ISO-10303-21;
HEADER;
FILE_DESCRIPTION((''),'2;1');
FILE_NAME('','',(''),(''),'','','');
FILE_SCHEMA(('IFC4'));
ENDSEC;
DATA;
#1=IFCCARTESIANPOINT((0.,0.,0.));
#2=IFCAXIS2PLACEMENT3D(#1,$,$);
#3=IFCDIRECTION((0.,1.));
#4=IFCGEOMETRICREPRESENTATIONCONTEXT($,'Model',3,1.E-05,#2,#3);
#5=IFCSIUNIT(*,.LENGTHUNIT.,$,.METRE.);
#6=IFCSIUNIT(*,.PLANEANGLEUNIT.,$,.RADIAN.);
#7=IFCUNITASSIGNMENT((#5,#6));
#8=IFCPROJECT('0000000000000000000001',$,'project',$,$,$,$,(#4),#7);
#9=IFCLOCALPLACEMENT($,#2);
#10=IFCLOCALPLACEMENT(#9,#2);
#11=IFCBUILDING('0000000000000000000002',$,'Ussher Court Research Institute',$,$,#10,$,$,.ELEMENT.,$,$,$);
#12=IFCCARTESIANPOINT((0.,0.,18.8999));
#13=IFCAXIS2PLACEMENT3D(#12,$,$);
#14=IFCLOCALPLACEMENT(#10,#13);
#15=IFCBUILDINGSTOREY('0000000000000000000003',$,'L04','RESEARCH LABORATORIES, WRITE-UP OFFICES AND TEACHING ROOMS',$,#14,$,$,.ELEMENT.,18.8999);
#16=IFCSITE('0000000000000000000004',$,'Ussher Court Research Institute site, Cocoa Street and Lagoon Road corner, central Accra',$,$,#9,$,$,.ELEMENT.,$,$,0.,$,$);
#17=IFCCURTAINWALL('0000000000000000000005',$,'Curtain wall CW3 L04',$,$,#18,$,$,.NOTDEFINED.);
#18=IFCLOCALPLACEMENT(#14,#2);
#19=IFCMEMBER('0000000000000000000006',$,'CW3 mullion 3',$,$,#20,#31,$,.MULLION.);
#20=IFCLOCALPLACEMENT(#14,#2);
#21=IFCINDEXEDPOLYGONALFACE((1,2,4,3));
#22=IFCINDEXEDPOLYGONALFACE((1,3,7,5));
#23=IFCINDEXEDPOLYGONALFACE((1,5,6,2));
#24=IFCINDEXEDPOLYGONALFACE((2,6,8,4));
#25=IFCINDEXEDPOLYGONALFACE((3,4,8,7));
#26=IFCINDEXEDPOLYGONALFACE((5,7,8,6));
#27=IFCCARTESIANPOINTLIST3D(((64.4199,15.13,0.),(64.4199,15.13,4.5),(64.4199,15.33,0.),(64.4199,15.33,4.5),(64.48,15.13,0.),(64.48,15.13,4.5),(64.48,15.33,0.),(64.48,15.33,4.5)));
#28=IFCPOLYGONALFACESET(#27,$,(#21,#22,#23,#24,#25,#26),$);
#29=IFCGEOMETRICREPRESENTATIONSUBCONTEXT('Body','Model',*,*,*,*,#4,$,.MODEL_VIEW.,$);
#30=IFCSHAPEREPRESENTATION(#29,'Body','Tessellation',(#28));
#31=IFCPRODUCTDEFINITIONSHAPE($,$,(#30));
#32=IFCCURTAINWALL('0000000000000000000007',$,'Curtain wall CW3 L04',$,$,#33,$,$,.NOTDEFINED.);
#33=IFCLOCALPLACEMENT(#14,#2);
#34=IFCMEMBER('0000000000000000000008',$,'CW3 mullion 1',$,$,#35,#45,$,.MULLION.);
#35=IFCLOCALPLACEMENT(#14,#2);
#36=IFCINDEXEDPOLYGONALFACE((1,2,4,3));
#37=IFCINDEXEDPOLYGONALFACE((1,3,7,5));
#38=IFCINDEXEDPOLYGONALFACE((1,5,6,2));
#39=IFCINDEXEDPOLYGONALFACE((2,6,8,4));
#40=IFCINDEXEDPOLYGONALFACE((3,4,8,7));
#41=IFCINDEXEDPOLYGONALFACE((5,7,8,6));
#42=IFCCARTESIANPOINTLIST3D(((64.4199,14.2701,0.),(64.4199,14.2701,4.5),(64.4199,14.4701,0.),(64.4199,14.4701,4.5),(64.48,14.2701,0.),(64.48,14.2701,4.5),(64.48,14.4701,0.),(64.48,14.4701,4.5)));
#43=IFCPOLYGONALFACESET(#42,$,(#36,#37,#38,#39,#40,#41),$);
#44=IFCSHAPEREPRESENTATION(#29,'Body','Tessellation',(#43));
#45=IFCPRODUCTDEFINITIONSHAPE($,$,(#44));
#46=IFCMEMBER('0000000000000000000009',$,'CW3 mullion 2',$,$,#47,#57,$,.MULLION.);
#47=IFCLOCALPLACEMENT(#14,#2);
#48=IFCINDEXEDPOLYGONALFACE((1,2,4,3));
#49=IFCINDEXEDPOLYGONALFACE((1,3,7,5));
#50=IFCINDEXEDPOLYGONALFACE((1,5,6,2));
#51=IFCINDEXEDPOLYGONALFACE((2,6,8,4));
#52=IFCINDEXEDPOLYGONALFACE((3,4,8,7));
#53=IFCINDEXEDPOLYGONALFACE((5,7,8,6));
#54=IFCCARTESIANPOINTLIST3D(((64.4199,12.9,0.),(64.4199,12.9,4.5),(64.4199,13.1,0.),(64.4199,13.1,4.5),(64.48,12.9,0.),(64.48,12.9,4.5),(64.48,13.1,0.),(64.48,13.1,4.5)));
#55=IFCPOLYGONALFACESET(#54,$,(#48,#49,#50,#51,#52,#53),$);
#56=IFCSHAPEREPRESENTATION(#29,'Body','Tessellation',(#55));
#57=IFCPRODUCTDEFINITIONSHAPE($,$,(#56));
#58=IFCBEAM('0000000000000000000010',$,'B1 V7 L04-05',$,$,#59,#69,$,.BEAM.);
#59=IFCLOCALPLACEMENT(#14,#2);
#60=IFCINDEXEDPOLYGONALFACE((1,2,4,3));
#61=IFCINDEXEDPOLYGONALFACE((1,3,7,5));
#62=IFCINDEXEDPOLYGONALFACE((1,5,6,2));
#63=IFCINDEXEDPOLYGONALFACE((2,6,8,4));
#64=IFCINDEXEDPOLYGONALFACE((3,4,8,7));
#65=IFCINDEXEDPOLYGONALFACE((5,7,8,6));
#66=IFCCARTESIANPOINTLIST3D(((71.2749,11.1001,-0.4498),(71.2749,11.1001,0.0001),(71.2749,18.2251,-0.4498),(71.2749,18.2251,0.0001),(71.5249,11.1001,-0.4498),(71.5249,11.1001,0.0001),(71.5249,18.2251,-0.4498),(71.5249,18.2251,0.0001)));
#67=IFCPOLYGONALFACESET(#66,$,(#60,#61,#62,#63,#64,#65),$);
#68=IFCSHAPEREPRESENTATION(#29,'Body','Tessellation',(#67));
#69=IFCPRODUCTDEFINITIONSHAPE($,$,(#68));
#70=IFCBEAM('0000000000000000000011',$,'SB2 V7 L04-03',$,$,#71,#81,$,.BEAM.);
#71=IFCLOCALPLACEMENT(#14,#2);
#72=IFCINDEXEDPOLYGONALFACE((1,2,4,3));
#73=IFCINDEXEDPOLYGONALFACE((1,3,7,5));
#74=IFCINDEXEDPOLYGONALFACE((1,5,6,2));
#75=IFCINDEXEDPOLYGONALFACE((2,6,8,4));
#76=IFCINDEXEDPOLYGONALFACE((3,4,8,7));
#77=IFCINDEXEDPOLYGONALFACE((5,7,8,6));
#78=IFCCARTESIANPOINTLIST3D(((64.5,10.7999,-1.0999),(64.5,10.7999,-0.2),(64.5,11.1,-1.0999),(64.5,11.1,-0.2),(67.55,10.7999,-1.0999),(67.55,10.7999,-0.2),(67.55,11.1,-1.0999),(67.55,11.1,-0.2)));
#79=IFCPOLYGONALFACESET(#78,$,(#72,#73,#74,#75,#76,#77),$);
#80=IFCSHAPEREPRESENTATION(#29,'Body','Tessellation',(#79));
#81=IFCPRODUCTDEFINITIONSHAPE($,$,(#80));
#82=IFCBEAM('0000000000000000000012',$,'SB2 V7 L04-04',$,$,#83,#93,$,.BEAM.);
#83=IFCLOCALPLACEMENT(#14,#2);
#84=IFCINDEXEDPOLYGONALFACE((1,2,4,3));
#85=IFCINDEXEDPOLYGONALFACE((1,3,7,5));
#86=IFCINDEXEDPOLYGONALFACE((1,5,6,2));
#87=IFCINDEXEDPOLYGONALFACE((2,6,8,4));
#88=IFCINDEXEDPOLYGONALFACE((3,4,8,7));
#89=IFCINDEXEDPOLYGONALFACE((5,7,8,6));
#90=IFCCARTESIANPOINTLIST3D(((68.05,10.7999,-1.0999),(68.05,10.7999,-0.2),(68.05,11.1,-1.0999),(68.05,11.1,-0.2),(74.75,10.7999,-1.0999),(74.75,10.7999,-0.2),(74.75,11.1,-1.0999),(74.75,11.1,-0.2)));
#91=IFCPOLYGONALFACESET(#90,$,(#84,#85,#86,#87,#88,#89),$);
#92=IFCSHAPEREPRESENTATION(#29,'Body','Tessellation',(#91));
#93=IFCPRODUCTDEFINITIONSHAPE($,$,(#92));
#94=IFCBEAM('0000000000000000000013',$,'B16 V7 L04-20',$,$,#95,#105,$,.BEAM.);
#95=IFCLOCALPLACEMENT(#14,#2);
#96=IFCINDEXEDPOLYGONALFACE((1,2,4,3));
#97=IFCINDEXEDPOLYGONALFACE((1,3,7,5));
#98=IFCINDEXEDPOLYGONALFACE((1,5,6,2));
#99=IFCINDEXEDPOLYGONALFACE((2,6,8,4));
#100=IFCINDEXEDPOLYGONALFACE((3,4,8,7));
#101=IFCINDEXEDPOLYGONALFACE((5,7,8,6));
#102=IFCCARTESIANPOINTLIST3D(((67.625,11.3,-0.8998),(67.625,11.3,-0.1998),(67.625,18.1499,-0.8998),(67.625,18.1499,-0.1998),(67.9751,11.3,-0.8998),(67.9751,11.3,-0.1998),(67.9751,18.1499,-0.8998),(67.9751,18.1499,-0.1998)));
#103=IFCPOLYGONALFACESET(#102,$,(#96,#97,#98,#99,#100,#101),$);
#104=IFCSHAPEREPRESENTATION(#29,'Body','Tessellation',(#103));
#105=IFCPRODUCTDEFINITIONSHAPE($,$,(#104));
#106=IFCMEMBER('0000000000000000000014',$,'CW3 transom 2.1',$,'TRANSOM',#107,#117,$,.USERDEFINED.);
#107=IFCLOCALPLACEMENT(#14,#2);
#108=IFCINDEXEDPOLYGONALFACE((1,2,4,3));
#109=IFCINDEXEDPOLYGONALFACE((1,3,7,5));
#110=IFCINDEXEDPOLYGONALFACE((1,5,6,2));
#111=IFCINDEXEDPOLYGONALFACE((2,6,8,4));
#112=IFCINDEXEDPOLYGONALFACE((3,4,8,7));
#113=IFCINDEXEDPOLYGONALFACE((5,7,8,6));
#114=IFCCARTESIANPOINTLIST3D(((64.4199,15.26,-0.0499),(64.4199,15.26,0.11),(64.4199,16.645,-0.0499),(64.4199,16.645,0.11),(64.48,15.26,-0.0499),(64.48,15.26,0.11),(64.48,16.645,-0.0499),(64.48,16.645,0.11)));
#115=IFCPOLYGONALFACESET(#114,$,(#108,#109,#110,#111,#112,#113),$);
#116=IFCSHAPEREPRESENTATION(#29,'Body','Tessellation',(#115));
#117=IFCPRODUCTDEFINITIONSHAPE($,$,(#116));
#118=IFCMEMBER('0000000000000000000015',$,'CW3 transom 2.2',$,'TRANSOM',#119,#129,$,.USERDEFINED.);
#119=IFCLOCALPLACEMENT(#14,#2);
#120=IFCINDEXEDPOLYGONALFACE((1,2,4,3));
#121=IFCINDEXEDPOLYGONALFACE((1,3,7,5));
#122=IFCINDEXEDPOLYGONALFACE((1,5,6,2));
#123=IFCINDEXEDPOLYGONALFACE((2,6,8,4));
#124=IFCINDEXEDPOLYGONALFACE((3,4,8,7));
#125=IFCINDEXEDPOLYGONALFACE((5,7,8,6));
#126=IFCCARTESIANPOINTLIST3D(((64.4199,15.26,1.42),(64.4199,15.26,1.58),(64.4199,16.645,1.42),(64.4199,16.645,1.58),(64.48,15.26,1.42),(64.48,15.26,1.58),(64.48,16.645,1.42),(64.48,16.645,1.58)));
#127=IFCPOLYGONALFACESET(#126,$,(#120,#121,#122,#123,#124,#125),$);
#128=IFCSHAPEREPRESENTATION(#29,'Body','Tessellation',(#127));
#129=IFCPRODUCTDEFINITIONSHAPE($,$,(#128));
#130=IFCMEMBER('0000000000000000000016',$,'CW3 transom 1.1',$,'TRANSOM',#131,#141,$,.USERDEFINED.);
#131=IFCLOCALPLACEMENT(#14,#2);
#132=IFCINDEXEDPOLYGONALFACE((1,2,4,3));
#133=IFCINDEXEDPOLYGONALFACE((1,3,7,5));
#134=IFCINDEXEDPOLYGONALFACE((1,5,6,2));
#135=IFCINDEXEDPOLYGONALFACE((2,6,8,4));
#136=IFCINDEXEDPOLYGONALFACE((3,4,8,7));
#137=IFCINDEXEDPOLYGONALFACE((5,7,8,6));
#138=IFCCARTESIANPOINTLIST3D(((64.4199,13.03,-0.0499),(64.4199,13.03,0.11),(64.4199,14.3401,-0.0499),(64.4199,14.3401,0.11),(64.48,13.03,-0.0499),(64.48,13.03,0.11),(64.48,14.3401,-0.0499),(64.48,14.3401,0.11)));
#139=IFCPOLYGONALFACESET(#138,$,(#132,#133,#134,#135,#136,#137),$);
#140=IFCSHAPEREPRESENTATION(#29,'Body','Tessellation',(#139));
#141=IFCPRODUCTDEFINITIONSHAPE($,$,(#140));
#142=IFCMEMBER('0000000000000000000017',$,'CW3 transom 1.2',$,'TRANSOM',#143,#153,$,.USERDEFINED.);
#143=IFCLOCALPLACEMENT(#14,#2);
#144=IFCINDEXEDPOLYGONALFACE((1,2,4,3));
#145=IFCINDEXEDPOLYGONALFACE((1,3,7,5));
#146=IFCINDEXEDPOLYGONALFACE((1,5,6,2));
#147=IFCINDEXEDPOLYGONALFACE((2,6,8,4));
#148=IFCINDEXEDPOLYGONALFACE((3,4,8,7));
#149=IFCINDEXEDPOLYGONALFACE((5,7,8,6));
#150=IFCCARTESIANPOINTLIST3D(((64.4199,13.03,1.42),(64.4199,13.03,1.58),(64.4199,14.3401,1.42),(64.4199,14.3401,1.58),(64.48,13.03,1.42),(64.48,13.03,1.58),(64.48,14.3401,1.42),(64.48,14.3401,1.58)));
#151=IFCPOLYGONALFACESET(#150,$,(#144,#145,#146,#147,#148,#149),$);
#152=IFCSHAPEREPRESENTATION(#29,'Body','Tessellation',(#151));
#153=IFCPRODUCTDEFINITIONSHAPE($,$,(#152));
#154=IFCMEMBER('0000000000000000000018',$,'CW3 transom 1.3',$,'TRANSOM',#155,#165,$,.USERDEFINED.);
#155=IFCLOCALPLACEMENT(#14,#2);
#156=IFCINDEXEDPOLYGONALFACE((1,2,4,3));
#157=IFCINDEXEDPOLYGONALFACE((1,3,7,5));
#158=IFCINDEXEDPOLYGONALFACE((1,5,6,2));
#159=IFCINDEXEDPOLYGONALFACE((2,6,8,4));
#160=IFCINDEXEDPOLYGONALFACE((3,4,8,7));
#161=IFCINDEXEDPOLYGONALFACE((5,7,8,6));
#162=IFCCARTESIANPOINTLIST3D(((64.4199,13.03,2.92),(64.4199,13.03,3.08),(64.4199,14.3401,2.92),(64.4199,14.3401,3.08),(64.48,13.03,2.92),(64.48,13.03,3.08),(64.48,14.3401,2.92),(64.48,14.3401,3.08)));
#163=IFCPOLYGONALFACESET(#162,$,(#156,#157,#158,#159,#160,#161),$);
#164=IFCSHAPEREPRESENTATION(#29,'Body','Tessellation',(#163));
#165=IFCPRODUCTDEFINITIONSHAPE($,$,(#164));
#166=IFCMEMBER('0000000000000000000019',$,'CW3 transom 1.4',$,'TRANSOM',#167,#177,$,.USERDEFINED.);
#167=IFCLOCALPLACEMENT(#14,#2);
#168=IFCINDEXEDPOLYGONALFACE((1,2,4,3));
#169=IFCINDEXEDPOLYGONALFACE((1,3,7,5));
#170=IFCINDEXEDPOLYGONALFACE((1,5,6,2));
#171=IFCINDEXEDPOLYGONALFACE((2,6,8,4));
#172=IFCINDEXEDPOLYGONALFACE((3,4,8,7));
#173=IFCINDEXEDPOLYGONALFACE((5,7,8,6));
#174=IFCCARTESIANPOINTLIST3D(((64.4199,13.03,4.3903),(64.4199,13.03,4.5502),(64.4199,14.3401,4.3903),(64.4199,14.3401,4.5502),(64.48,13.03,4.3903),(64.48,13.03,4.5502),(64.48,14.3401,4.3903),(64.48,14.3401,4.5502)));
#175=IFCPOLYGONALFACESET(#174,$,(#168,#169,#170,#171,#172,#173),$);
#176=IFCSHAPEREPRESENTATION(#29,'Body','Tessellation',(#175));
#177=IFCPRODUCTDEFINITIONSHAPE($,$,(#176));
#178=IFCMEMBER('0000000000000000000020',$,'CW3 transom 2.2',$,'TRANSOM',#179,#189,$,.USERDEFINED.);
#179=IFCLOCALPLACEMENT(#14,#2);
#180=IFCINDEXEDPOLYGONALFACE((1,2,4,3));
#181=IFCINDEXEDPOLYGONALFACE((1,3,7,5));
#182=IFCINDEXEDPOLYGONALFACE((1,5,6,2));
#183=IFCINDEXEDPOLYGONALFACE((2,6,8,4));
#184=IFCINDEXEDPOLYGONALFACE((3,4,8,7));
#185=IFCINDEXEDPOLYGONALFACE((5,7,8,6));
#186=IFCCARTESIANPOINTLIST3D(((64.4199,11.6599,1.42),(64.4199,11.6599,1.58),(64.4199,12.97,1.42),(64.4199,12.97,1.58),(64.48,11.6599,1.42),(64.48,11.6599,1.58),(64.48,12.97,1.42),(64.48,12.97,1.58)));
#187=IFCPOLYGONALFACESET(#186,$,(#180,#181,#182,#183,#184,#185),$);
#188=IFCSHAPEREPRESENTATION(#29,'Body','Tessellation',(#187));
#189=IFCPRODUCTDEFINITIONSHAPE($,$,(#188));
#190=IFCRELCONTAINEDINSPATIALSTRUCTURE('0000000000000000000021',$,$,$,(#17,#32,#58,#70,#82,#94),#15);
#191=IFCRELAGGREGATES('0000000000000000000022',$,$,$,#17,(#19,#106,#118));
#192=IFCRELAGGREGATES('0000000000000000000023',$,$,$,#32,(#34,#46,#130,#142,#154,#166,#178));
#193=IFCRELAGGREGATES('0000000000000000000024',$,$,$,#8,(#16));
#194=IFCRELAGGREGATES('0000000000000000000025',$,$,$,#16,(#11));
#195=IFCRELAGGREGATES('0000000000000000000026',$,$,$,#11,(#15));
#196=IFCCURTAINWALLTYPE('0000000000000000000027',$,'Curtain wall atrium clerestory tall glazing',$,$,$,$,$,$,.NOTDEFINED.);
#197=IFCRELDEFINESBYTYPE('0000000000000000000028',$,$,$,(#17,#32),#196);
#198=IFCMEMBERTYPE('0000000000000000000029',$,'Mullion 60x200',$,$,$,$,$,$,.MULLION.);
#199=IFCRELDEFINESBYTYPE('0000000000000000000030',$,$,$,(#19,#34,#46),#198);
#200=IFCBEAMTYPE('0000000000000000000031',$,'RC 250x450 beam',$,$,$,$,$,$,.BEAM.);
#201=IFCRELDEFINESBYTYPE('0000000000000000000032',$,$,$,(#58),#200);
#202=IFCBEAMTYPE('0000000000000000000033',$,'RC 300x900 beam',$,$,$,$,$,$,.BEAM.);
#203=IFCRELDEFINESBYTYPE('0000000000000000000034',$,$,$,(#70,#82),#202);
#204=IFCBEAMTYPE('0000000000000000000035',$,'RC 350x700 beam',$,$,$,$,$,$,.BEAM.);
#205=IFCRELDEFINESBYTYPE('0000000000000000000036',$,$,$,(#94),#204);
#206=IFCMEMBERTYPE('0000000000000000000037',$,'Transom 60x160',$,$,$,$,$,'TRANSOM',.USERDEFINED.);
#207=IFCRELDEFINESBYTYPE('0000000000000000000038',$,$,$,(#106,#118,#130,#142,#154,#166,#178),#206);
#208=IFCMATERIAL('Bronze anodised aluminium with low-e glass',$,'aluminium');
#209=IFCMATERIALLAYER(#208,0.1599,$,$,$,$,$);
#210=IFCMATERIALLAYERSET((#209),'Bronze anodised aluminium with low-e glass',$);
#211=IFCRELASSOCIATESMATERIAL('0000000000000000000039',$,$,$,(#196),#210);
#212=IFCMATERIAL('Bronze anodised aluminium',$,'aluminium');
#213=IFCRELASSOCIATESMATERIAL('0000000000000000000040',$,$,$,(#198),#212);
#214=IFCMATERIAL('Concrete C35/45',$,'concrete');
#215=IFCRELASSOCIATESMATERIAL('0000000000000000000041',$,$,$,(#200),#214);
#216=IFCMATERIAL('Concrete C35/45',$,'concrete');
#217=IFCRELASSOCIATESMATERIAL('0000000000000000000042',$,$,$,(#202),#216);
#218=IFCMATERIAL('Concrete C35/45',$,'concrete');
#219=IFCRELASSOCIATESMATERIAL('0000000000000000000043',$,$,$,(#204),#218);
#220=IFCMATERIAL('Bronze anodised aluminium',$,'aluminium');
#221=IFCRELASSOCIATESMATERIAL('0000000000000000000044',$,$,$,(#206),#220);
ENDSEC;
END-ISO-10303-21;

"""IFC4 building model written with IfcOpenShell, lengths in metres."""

from ifc_helpers import new_model, si_unit, direction, frame, origin, origin_2d, place, context, subcontext, project, spatial, rectangle, extrude, material, layer, layer_set, material_profile, profile_set, type_object, element, aggregate, save


model = new_model("IFC4")

# Units and contexts
model_context = context("Model", 3, precision=1e-05, world=origin(), true_north=direction((0.0, 1.0)))
body_context = subcontext(model_context, "Body", "Model", "MODEL_VIEW")
ifc_project = project(units=[si_unit("LENGTHUNIT", "METRE"), si_unit("PLANEANGLEUNIT", "RADIAN")], contexts=[model_context])

# Site, building, storey
site_placement = place(None, origin())
site = spatial("IfcSite", under=ifc_project, at=site_placement, Name="Ussher Court Research Institute site, Cocoa Street and Lagoon Road corner, central Accra", CompositionType="ELEMENT", RefElevation=0.0)
building_placement = place(site_placement, origin())
building = spatial("IfcBuilding", under=site, at=building_placement, Name="Ussher Court Research Institute", CompositionType="ELEMENT")
storey_placement = place(building_placement, frame((0.0, 0.0, 18.8999)))
storey = spatial("IfcBuildingStorey", under=building, at=storey_placement, Name="L04", Description="RESEARCH LABORATORIES, WRITE-UP OFFICES AND TEACHING ROOMS", CompositionType="ELEMENT", Elevation=18.8999)

# Curtain wall, member
ifc_material_1 = material(Name="Bronze anodised aluminium with low-e glass", Category="aluminium")
ifc_layer_1 = layer(ifc_material_1, 0.1599)
ifc_layer_set_1 = layer_set([ifc_layer_1], Name="Bronze anodised aluminium with low-e glass")
curtain_wall_type = type_object("IfcCurtainWallType", Name="Curtain wall atrium clerestory tall glazing", PredefinedType="NOTDEFINED", material=ifc_layer_set_1)
curtain_wall_1_placement = place(storey_placement, origin())
curtain_wall_1 = element("IfcCurtainWall", 1, at=curtain_wall_1_placement, inside=storey, type_object=curtain_wall_type, Name="Curtain wall CW3 L04", PredefinedType="NOTDEFINED")
ifc_material_2 = material(Name="Bronze anodised aluminium", Category="aluminium")
ifc_material_profile_1 = material_profile(ifc_material_2, rectangle(XDim=0.0601, YDim=0.2, at=origin_2d()), Name="Mullion 60x200")
ifc_profile_set_1 = profile_set([ifc_material_profile_1], Name="Bronze anodised aluminium")
member_type_1 = type_object("IfcMemberType", Name="Mullion 60x200", PredefinedType="MULLION", material=ifc_profile_set_1)
member_1_placement = place(storey_placement, frame((64.45, 15.23, 0.0), z_axis=(0.0, 0.0, 1.0), x_axis=(1.0, 0.0, 0.0)))
member_1 = element("IfcMember", 2, at=member_1_placement, type_object=member_type_1, Name="CW3 mullion 3", PredefinedType="MULLION", context=body_context, shape_type="SweptSolid", body=[
    extrude(rectangle(XDim=0.0601, YDim=0.2, at=origin_2d()), origin(), (0.0, 0.0, 1.0), 4.5),
])

# Curtain wall, members
curtain_wall_2_placement = place(storey_placement, origin())
curtain_wall_2 = element("IfcCurtainWall", 3, at=curtain_wall_2_placement, inside=storey, type_object=curtain_wall_type, Name="Curtain wall CW3 L04", PredefinedType="NOTDEFINED")
member_2_placement = place(storey_placement, frame((64.45, 14.3701, 0.0), z_axis=(0.0, 0.0, 1.0), x_axis=(1.0, 0.0, 0.0)))
member_2 = element("IfcMember", 4, at=member_2_placement, type_object=member_type_1, Name="CW3 mullion 1", PredefinedType="MULLION", context=body_context, shape_type="SweptSolid", body=[
    extrude(rectangle(XDim=0.0601, YDim=0.2, at=origin_2d()), origin(), (0.0, 0.0, 1.0), 4.5),
])
member_3_placement = place(storey_placement, frame((64.45, 13.0, 0.0), z_axis=(0.0, 0.0, 1.0), x_axis=(1.0, 0.0, 0.0)))
member_3 = element("IfcMember", 5, at=member_3_placement, type_object=member_type_1, Name="CW3 mullion 2", PredefinedType="MULLION", context=body_context, shape_type="SweptSolid", body=[
    extrude(rectangle(XDim=0.0601, YDim=0.2, at=origin_2d()), origin(), (0.0, 0.0, 1.0), 4.5),
])

# Beams
ifc_material_3 = material(Name="Concrete C35/45", Category="concrete")
ifc_material_profile_2 = material_profile(ifc_material_3, rectangle(XDim=0.25, YDim=0.45, at=origin_2d()), Name="RC 250x450")
ifc_profile_set_2 = profile_set([ifc_material_profile_2], Name="Concrete C35/45")
beam_type_1 = type_object("IfcBeamType", Name="RC 250x450 beam", PredefinedType="BEAM", material=ifc_profile_set_2)
beam_1_placement = place(storey_placement, frame((71.3999, 11.1001, -0.2249), z_axis=(0.0, 1.0, 0.0), x_axis=(-1.0, 0.0, 0.0)))
element("IfcBeam", 6, at=beam_1_placement, inside=storey, type_object=beam_type_1, Name="B1 V7 L04-05", PredefinedType="BEAM", context=body_context, shape_type="SweptSolid", body=[
    extrude(rectangle(XDim=0.25, YDim=0.45, at=origin_2d()), origin(), (0.0, 0.0, 1.0), 7.125),
])
ifc_material_4 = material(Name="Concrete C35/45", Category="concrete")
ifc_material_profile_3 = material_profile(ifc_material_4, rectangle(XDim=0.3, YDim=0.8999, at=origin_2d()), Name="RC 300x900")
ifc_profile_set_3 = profile_set([ifc_material_profile_3], Name="Concrete C35/45")
beam_type_2 = type_object("IfcBeamType", Name="RC 300x900 beam", PredefinedType="BEAM", material=ifc_profile_set_3)
beam_2_placement = place(storey_placement, frame((64.5, 10.95, -0.6499), z_axis=(1.0, 0.0, 0.0), x_axis=(0.0, 1.0, 0.0)))
element("IfcBeam", 7, at=beam_2_placement, inside=storey, type_object=beam_type_2, Name="SB2 V7 L04-03", PredefinedType="BEAM", context=body_context, shape_type="SweptSolid", body=[
    extrude(rectangle(XDim=0.3, YDim=0.8999, at=origin_2d()), origin(), (0.0, 0.0, 1.0), 3.05),
])
beam_3_placement = place(storey_placement, frame((68.05, 10.95, -0.6499), z_axis=(1.0, 0.0, 0.0), x_axis=(0.0, 1.0, 0.0)))
element("IfcBeam", 8, at=beam_3_placement, inside=storey, type_object=beam_type_2, Name="SB2 V7 L04-04", PredefinedType="BEAM", context=body_context, shape_type="SweptSolid", body=[
    extrude(rectangle(XDim=0.3, YDim=0.8999, at=origin_2d()), origin(), (0.0, 0.0, 1.0), 6.7),
])
ifc_material_5 = material(Name="Concrete C35/45", Category="concrete")
ifc_material_profile_4 = material_profile(ifc_material_5, rectangle(XDim=0.3501, YDim=0.7, at=origin_2d()), Name="RC 350x700")
ifc_profile_set_4 = profile_set([ifc_material_profile_4], Name="Concrete C35/45")
beam_type_3 = type_object("IfcBeamType", Name="RC 350x700 beam", PredefinedType="BEAM", material=ifc_profile_set_4)
beam_4_placement = place(storey_placement, frame((67.8, 11.3, -0.5498), z_axis=(0.0, 1.0, 0.0), x_axis=(-1.0, 0.0, 0.0)))
element("IfcBeam", 9, at=beam_4_placement, inside=storey, type_object=beam_type_3, Name="B16 V7 L04-20", PredefinedType="BEAM", context=body_context, shape_type="SweptSolid", body=[
    extrude(rectangle(XDim=0.3501, YDim=0.7, at=origin_2d()), origin(), (0.0, 0.0, 1.0), 6.8499),
])

# Members
ifc_material_6 = material(Name="Bronze anodised aluminium", Category="aluminium")
ifc_material_profile_5 = material_profile(ifc_material_6, rectangle(XDim=0.0601, YDim=0.1599, at=origin_2d()), Name="Transom 60x160")
ifc_profile_set_5 = profile_set([ifc_material_profile_5], Name="Bronze anodised aluminium")
member_type_2 = type_object("IfcMemberType", Name="Transom 60x160", ElementType="TRANSOM", PredefinedType="USERDEFINED", material=ifc_profile_set_5)
member_4_placement = place(storey_placement, frame((64.45, 16.645, 0.03), z_axis=(0.0, -1.0, 0.0), x_axis=(1.0, 0.0, 0.0)))
member_4 = element("IfcMember", 10, at=member_4_placement, type_object=member_type_2, Name="CW3 transom 2.1", ObjectType="TRANSOM", PredefinedType="USERDEFINED", context=body_context, shape_type="SweptSolid", body=[
    extrude(rectangle(XDim=0.0601, YDim=0.1599, at=origin_2d()), origin(), (0.0, 0.0, 1.0), 1.385),
])
member_5_placement = place(storey_placement, frame((64.45, 16.645, 1.5), z_axis=(0.0, -1.0, 0.0), x_axis=(1.0, 0.0, 0.0)))
member_5 = element("IfcMember", 11, at=member_5_placement, type_object=member_type_2, Name="CW3 transom 2.2", ObjectType="TRANSOM", PredefinedType="USERDEFINED", context=body_context, shape_type="SweptSolid", body=[
    extrude(rectangle(XDim=0.0601, YDim=0.1599, at=origin_2d()), origin(), (0.0, 0.0, 1.0), 1.385),
])
member_6_placement = place(storey_placement, frame((64.45, 14.3401, 0.03), z_axis=(0.0, -1.0, 0.0), x_axis=(1.0, 0.0, 0.0)))
member_6 = element("IfcMember", 12, at=member_6_placement, type_object=member_type_2, Name="CW3 transom 1.1", ObjectType="TRANSOM", PredefinedType="USERDEFINED", context=body_context, shape_type="SweptSolid", body=[
    extrude(rectangle(XDim=0.0601, YDim=0.1599, at=origin_2d()), origin(), (0.0, 0.0, 1.0), 1.3101),
])
member_7_placement = place(storey_placement, frame((64.45, 14.3401, 1.5), z_axis=(0.0, -1.0, 0.0), x_axis=(1.0, 0.0, 0.0)))
member_7 = element("IfcMember", 13, at=member_7_placement, type_object=member_type_2, Name="CW3 transom 1.2", ObjectType="TRANSOM", PredefinedType="USERDEFINED", context=body_context, shape_type="SweptSolid", body=[
    extrude(rectangle(XDim=0.0601, YDim=0.1599, at=origin_2d()), origin(), (0.0, 0.0, 1.0), 1.3101),
])
member_8_placement = place(storey_placement, frame((64.45, 14.3401, 3.0), z_axis=(0.0, -1.0, 0.0), x_axis=(1.0, 0.0, 0.0)))
member_8 = element("IfcMember", 14, at=member_8_placement, type_object=member_type_2, Name="CW3 transom 1.3", ObjectType="TRANSOM", PredefinedType="USERDEFINED", context=body_context, shape_type="SweptSolid", body=[
    extrude(rectangle(XDim=0.0601, YDim=0.1599, at=origin_2d()), origin(), (0.0, 0.0, 1.0), 1.3101),
])
member_9_placement = place(storey_placement, frame((64.45, 14.3401, 4.4702), z_axis=(0.0, -1.0, 0.0), x_axis=(1.0, 0.0, 0.0)))
member_9 = element("IfcMember", 15, at=member_9_placement, type_object=member_type_2, Name="CW3 transom 1.4", ObjectType="TRANSOM", PredefinedType="USERDEFINED", context=body_context, shape_type="SweptSolid", body=[
    extrude(rectangle(XDim=0.0601, YDim=0.1599, at=origin_2d()), origin(), (0.0, 0.0, 1.0), 1.3101),
])
member_10_placement = place(storey_placement, frame((64.45, 12.97, 1.5), z_axis=(0.0, -1.0, 0.0), x_axis=(1.0, 0.0, 0.0)))
member_10 = element("IfcMember", 16, at=member_10_placement, type_object=member_type_2, Name="CW3 transom 2.2", ObjectType="TRANSOM", PredefinedType="USERDEFINED", context=body_context, shape_type="SweptSolid", body=[
    extrude(rectangle(XDim=0.0601, YDim=0.1599, at=origin_2d()), origin(), (0.0, 0.0, 1.0), 1.3101),
])

aggregate(curtain_wall_1, [member_1, member_4, member_5])
aggregate(curtain_wall_2, [member_2, member_3, member_6, member_7, member_8, member_9, member_10])

save(model, "model.ifc")
